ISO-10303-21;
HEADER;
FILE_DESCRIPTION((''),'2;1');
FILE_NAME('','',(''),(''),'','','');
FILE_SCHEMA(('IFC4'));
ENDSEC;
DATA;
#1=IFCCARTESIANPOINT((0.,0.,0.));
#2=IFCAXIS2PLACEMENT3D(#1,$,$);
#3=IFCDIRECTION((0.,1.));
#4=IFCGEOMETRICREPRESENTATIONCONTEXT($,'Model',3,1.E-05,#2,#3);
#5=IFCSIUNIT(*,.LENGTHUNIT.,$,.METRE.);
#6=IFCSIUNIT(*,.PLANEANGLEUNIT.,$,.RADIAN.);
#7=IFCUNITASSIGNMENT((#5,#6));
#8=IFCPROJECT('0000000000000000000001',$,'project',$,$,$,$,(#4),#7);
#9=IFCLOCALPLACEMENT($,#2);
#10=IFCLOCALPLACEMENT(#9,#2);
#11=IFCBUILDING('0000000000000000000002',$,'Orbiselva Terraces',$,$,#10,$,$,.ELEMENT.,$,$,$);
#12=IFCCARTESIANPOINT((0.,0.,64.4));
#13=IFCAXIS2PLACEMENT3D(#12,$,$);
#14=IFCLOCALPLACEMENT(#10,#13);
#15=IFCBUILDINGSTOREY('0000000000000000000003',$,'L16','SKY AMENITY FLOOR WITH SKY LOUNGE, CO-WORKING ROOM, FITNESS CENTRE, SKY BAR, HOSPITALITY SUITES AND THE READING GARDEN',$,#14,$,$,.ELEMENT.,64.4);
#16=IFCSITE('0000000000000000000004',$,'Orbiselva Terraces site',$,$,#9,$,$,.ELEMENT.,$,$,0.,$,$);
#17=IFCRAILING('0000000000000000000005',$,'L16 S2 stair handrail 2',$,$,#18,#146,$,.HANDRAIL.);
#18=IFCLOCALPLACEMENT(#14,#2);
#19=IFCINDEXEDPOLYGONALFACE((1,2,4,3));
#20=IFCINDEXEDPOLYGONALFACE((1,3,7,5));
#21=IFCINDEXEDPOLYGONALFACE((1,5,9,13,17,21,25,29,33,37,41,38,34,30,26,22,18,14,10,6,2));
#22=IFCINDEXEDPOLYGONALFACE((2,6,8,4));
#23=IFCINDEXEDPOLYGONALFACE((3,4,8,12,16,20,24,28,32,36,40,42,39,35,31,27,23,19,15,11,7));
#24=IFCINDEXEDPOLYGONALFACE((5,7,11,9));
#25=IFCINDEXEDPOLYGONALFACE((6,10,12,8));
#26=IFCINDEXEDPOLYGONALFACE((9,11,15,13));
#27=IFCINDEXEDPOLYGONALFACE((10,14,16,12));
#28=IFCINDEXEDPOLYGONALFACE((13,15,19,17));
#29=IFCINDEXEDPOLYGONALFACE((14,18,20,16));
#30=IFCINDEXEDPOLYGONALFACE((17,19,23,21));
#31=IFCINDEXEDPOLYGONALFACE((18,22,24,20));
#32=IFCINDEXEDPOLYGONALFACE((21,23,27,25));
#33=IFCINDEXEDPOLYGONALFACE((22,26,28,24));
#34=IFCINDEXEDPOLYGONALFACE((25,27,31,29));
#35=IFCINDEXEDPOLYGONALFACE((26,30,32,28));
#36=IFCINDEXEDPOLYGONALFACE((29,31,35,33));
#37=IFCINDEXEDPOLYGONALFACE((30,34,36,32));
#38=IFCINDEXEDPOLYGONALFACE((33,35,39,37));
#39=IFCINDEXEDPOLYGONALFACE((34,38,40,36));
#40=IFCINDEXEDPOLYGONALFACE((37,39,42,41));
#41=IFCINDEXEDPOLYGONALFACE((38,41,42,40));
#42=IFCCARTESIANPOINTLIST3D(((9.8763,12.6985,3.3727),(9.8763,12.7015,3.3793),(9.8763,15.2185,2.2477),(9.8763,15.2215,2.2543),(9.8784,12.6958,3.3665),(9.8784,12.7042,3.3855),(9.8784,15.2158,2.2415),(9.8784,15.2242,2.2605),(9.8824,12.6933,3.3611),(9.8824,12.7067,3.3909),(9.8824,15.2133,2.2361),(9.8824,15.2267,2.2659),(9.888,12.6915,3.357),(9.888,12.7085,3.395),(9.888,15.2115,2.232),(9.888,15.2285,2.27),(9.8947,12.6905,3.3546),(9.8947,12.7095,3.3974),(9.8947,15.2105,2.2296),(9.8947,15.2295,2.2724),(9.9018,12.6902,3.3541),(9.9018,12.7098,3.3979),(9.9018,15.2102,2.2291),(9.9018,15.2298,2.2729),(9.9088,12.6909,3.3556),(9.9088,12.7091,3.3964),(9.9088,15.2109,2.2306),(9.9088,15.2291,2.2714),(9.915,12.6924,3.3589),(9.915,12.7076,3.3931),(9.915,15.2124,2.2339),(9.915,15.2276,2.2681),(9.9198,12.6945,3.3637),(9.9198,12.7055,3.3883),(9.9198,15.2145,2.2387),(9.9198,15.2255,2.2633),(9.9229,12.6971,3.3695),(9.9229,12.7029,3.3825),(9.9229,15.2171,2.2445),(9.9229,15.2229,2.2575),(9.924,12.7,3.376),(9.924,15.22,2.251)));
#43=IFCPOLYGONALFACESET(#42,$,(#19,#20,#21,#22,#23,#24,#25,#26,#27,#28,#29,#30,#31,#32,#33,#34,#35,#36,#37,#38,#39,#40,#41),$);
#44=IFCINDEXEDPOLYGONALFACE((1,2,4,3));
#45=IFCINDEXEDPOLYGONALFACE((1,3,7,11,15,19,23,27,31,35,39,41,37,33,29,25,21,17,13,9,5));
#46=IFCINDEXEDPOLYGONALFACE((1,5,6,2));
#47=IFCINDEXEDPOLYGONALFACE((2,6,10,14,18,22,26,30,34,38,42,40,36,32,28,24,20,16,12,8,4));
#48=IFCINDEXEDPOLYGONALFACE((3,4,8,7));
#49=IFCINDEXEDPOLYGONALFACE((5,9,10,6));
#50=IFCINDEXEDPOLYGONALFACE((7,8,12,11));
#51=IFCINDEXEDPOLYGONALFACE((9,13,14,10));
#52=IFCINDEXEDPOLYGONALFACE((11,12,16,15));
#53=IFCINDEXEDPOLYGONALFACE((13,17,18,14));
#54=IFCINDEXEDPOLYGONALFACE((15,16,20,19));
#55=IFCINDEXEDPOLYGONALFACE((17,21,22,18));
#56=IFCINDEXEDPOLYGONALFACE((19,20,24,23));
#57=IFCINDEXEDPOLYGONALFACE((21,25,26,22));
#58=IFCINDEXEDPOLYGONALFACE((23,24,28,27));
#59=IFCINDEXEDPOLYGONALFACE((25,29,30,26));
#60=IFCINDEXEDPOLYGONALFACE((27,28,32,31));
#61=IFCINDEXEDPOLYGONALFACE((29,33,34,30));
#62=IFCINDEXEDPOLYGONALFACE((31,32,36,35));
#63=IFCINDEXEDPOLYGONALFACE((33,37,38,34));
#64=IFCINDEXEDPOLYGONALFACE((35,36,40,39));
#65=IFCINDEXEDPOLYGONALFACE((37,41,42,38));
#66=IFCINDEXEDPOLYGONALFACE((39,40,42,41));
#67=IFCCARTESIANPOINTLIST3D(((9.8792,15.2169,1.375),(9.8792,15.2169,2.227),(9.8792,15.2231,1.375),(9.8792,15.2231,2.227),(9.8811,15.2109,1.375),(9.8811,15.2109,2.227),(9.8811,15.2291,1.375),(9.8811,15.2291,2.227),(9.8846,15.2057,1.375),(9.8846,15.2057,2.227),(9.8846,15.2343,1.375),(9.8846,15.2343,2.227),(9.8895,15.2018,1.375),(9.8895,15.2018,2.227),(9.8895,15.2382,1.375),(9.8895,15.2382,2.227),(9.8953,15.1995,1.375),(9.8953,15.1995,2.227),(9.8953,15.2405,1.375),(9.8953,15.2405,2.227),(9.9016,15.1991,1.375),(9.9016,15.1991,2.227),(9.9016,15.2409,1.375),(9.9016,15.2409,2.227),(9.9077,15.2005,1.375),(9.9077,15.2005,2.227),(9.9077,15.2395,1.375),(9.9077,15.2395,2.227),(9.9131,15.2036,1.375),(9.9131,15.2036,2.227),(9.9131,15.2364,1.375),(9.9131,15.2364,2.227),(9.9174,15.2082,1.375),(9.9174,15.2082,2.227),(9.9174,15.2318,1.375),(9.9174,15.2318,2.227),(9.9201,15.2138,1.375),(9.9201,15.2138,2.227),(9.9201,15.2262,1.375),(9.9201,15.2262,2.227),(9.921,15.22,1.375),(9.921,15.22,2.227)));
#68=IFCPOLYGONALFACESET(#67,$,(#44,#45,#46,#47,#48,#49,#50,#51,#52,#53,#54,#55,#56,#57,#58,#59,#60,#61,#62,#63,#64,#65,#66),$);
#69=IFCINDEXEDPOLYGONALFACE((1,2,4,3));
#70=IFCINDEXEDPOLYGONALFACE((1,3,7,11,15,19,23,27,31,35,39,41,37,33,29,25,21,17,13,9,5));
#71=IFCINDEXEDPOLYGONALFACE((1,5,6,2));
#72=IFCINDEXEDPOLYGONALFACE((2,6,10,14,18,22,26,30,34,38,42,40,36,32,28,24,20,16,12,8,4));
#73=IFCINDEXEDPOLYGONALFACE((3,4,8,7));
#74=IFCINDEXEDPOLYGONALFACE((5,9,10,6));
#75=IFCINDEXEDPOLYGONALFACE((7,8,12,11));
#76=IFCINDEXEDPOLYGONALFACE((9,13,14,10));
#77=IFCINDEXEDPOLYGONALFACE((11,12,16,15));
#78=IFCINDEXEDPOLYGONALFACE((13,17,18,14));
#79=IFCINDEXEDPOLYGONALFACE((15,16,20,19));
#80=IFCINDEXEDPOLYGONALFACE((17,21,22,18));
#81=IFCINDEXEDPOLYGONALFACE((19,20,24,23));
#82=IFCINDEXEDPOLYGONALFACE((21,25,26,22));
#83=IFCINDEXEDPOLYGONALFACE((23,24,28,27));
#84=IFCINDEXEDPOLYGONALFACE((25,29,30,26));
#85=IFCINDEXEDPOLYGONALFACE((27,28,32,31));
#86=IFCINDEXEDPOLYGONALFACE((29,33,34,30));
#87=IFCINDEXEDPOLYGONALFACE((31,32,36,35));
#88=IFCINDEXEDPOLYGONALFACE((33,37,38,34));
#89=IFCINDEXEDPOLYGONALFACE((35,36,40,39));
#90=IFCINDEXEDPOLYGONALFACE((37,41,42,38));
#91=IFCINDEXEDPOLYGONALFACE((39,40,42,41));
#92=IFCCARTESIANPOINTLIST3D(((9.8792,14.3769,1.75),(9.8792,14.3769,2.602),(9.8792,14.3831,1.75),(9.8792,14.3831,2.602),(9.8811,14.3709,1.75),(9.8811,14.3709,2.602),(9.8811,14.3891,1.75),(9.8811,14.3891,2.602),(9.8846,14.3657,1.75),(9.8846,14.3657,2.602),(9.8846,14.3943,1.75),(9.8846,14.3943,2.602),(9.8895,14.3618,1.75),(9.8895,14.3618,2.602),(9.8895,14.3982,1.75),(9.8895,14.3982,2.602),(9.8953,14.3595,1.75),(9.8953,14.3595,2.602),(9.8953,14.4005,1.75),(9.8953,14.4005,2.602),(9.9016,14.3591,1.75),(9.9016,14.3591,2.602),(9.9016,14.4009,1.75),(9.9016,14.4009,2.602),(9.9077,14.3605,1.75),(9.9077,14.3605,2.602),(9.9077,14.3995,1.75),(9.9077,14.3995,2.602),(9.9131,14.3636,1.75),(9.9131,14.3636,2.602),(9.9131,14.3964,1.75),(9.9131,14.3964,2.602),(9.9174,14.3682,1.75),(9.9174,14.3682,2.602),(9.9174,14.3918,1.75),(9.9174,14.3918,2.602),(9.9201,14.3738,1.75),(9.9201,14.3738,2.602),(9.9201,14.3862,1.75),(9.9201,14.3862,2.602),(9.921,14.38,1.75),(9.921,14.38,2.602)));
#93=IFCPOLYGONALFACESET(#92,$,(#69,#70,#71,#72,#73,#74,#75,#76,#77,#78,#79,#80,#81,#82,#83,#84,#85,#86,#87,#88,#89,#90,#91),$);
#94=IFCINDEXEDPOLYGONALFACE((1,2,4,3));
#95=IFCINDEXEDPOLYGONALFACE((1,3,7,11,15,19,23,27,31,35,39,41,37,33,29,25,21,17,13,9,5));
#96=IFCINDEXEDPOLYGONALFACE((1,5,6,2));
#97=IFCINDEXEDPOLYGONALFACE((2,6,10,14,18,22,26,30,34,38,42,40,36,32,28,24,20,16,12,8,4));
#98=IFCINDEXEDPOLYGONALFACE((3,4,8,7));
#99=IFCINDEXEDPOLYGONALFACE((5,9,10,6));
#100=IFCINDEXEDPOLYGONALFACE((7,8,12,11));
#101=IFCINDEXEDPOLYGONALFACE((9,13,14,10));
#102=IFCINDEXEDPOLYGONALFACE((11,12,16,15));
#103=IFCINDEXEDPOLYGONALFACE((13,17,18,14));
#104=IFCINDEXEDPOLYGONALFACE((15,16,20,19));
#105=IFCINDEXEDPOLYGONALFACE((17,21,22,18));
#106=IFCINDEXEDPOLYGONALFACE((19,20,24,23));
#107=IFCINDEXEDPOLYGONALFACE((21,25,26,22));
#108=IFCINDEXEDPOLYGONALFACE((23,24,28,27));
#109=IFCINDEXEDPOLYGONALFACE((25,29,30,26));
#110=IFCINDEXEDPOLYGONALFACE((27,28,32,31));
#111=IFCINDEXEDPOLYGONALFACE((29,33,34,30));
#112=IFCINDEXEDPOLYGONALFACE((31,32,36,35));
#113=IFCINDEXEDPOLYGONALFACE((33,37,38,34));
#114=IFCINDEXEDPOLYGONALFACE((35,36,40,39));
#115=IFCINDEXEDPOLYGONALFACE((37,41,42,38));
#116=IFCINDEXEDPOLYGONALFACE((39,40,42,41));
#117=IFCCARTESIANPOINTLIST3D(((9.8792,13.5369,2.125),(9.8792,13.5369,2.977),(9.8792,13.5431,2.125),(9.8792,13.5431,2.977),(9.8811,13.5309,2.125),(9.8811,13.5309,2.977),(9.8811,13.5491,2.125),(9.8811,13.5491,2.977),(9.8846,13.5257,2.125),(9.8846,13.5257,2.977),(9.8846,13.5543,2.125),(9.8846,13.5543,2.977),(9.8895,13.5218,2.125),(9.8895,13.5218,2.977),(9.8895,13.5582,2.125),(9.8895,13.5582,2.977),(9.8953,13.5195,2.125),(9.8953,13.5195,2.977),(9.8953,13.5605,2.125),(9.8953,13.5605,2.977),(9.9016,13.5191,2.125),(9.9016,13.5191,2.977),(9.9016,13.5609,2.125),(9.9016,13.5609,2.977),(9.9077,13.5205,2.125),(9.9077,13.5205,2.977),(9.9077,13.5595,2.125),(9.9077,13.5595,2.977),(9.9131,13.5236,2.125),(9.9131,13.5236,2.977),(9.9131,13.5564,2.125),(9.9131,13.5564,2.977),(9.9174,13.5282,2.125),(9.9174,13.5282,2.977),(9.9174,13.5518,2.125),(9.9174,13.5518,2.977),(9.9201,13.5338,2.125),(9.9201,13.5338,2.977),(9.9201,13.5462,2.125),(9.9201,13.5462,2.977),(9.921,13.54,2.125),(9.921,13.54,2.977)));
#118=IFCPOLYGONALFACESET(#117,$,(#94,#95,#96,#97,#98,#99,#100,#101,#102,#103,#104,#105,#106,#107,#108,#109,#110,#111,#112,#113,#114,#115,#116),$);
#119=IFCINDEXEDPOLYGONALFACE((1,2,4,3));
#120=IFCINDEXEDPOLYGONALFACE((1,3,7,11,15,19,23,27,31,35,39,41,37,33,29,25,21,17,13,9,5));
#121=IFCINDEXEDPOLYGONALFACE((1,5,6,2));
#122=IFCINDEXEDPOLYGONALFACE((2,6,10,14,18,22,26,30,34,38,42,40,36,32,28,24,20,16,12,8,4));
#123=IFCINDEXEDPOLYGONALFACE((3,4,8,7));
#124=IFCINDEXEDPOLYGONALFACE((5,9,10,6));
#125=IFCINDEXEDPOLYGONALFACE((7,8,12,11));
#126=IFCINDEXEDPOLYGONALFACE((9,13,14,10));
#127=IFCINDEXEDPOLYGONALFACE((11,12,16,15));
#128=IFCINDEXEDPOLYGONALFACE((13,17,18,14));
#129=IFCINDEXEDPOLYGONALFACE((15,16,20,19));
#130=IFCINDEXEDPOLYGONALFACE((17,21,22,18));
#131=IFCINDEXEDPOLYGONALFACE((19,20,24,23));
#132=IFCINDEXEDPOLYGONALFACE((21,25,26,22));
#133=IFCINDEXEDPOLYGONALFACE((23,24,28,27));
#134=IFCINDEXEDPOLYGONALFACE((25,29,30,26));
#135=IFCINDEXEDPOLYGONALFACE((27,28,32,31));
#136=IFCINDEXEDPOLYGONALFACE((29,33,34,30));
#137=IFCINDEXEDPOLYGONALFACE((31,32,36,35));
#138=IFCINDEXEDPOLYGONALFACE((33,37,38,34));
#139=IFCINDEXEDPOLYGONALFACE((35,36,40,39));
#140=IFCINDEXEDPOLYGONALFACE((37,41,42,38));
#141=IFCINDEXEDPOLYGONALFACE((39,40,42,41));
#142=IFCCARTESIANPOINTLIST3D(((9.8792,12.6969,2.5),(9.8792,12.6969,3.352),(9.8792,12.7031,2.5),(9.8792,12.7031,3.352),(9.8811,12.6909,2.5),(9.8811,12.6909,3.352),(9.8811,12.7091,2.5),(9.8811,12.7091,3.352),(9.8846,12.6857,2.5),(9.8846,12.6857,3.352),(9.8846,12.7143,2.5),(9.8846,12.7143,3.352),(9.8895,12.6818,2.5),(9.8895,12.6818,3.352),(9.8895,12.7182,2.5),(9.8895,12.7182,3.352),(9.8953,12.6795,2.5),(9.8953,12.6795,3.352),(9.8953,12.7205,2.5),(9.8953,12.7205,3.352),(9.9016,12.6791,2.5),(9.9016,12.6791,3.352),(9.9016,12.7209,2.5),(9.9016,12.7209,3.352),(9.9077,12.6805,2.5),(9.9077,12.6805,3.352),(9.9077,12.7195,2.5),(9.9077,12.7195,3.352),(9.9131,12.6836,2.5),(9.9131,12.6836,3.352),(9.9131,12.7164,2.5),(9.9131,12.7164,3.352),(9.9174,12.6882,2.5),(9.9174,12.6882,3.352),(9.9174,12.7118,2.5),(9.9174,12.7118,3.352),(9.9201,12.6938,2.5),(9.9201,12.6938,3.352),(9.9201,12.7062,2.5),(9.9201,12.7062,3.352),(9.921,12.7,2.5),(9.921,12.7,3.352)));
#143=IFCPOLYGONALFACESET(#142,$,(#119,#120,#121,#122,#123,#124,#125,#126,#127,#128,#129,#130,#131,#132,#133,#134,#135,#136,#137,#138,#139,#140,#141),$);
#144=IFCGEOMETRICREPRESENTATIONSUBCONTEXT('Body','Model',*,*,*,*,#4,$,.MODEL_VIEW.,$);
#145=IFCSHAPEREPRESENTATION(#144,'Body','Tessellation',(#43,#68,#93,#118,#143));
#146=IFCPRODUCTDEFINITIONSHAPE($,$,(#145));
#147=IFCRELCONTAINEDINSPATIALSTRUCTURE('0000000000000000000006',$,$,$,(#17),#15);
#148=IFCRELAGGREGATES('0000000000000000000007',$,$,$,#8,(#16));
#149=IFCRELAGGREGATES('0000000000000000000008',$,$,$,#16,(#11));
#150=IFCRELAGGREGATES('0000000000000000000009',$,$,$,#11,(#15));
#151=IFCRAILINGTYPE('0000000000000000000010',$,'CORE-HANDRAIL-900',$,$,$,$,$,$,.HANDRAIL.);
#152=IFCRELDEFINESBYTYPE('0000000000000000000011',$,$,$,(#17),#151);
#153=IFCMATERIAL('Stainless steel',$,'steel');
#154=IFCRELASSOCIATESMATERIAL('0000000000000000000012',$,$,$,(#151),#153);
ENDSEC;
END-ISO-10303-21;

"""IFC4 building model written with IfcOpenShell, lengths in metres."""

from ifc_helpers import new_model, si_unit, direction, frame, origin, origin_2d, place, context, subcontext, project, spatial, circle, extrude, material, type_object, element, save


model = new_model("IFC4")

# Units and contexts
model_context = context("Model", 3, precision=1e-05, world=origin(), true_north=direction((0.0, 1.0)))
body_context = subcontext(model_context, "Body", "Model", "MODEL_VIEW")
ifc_project = project(units=[si_unit("LENGTHUNIT", "METRE"), si_unit("PLANEANGLEUNIT", "RADIAN")], contexts=[model_context])

# Site, building, storey
site_placement = place(None, origin())
site = spatial("IfcSite", under=ifc_project, at=site_placement, Name="Orbiselva Terraces site", CompositionType="ELEMENT", RefElevation=0.0)
building_placement = place(site_placement, origin())
building = spatial("IfcBuilding", under=site, at=building_placement, Name="Orbiselva Terraces", CompositionType="ELEMENT")
storey_placement = place(building_placement, frame((0.0, 0.0, 64.4)))
storey = spatial("IfcBuildingStorey", under=building, at=storey_placement, Name="L16", Description="SKY AMENITY FLOOR WITH SKY LOUNGE, CO-WORKING ROOM, FITNESS CENTRE, SKY BAR, HOSPITALITY SUITES AND THE READING GARDEN", CompositionType="ELEMENT", Elevation=64.4)

# Railing
ifc_material_1 = material(Name="Stainless steel", Category="steel")
railing_type_1 = type_object("IfcRailingType", Name="CORE-HANDRAIL-900", PredefinedType="HANDRAIL", material=ifc_material_1)
railing_1_placement = place(storey_placement, frame((9.9, 15.22, 1.375)))
element("IfcRailing", 1, at=railing_1_placement, inside=storey, type_object=railing_type_1, Name="L16 S2 stair handrail 2", PredefinedType="HANDRAIL", context=body_context, shape_type="SweptSolid", body=[
    extrude(circle(Radius=0.024, at=origin_2d()), frame((0.0, 0.0, 0.876), z_axis=(0.0, -0.913138, 0.407651), x_axis=(1.0, 0.0, 0.0)), (0.0, 0.0, 1.0), 2.7597),
    extrude(circle(Radius=0.021, at=origin_2d()), origin(), (0.0, 0.0, 1.0), 0.852),
    extrude(circle(Radius=0.021, at=origin_2d()), frame((0.0, -0.84, 0.375)), (0.0, 0.0, 1.0), 0.852),
    extrude(circle(Radius=0.021, at=origin_2d()), frame((0.0, -1.68, 0.75)), (0.0, 0.0, 1.0), 0.852),
    extrude(circle(Radius=0.021, at=origin_2d()), frame((0.0, -2.52, 1.125)), (0.0, 0.0, 1.0), 0.852),
])

save(model, "model.ifc")
